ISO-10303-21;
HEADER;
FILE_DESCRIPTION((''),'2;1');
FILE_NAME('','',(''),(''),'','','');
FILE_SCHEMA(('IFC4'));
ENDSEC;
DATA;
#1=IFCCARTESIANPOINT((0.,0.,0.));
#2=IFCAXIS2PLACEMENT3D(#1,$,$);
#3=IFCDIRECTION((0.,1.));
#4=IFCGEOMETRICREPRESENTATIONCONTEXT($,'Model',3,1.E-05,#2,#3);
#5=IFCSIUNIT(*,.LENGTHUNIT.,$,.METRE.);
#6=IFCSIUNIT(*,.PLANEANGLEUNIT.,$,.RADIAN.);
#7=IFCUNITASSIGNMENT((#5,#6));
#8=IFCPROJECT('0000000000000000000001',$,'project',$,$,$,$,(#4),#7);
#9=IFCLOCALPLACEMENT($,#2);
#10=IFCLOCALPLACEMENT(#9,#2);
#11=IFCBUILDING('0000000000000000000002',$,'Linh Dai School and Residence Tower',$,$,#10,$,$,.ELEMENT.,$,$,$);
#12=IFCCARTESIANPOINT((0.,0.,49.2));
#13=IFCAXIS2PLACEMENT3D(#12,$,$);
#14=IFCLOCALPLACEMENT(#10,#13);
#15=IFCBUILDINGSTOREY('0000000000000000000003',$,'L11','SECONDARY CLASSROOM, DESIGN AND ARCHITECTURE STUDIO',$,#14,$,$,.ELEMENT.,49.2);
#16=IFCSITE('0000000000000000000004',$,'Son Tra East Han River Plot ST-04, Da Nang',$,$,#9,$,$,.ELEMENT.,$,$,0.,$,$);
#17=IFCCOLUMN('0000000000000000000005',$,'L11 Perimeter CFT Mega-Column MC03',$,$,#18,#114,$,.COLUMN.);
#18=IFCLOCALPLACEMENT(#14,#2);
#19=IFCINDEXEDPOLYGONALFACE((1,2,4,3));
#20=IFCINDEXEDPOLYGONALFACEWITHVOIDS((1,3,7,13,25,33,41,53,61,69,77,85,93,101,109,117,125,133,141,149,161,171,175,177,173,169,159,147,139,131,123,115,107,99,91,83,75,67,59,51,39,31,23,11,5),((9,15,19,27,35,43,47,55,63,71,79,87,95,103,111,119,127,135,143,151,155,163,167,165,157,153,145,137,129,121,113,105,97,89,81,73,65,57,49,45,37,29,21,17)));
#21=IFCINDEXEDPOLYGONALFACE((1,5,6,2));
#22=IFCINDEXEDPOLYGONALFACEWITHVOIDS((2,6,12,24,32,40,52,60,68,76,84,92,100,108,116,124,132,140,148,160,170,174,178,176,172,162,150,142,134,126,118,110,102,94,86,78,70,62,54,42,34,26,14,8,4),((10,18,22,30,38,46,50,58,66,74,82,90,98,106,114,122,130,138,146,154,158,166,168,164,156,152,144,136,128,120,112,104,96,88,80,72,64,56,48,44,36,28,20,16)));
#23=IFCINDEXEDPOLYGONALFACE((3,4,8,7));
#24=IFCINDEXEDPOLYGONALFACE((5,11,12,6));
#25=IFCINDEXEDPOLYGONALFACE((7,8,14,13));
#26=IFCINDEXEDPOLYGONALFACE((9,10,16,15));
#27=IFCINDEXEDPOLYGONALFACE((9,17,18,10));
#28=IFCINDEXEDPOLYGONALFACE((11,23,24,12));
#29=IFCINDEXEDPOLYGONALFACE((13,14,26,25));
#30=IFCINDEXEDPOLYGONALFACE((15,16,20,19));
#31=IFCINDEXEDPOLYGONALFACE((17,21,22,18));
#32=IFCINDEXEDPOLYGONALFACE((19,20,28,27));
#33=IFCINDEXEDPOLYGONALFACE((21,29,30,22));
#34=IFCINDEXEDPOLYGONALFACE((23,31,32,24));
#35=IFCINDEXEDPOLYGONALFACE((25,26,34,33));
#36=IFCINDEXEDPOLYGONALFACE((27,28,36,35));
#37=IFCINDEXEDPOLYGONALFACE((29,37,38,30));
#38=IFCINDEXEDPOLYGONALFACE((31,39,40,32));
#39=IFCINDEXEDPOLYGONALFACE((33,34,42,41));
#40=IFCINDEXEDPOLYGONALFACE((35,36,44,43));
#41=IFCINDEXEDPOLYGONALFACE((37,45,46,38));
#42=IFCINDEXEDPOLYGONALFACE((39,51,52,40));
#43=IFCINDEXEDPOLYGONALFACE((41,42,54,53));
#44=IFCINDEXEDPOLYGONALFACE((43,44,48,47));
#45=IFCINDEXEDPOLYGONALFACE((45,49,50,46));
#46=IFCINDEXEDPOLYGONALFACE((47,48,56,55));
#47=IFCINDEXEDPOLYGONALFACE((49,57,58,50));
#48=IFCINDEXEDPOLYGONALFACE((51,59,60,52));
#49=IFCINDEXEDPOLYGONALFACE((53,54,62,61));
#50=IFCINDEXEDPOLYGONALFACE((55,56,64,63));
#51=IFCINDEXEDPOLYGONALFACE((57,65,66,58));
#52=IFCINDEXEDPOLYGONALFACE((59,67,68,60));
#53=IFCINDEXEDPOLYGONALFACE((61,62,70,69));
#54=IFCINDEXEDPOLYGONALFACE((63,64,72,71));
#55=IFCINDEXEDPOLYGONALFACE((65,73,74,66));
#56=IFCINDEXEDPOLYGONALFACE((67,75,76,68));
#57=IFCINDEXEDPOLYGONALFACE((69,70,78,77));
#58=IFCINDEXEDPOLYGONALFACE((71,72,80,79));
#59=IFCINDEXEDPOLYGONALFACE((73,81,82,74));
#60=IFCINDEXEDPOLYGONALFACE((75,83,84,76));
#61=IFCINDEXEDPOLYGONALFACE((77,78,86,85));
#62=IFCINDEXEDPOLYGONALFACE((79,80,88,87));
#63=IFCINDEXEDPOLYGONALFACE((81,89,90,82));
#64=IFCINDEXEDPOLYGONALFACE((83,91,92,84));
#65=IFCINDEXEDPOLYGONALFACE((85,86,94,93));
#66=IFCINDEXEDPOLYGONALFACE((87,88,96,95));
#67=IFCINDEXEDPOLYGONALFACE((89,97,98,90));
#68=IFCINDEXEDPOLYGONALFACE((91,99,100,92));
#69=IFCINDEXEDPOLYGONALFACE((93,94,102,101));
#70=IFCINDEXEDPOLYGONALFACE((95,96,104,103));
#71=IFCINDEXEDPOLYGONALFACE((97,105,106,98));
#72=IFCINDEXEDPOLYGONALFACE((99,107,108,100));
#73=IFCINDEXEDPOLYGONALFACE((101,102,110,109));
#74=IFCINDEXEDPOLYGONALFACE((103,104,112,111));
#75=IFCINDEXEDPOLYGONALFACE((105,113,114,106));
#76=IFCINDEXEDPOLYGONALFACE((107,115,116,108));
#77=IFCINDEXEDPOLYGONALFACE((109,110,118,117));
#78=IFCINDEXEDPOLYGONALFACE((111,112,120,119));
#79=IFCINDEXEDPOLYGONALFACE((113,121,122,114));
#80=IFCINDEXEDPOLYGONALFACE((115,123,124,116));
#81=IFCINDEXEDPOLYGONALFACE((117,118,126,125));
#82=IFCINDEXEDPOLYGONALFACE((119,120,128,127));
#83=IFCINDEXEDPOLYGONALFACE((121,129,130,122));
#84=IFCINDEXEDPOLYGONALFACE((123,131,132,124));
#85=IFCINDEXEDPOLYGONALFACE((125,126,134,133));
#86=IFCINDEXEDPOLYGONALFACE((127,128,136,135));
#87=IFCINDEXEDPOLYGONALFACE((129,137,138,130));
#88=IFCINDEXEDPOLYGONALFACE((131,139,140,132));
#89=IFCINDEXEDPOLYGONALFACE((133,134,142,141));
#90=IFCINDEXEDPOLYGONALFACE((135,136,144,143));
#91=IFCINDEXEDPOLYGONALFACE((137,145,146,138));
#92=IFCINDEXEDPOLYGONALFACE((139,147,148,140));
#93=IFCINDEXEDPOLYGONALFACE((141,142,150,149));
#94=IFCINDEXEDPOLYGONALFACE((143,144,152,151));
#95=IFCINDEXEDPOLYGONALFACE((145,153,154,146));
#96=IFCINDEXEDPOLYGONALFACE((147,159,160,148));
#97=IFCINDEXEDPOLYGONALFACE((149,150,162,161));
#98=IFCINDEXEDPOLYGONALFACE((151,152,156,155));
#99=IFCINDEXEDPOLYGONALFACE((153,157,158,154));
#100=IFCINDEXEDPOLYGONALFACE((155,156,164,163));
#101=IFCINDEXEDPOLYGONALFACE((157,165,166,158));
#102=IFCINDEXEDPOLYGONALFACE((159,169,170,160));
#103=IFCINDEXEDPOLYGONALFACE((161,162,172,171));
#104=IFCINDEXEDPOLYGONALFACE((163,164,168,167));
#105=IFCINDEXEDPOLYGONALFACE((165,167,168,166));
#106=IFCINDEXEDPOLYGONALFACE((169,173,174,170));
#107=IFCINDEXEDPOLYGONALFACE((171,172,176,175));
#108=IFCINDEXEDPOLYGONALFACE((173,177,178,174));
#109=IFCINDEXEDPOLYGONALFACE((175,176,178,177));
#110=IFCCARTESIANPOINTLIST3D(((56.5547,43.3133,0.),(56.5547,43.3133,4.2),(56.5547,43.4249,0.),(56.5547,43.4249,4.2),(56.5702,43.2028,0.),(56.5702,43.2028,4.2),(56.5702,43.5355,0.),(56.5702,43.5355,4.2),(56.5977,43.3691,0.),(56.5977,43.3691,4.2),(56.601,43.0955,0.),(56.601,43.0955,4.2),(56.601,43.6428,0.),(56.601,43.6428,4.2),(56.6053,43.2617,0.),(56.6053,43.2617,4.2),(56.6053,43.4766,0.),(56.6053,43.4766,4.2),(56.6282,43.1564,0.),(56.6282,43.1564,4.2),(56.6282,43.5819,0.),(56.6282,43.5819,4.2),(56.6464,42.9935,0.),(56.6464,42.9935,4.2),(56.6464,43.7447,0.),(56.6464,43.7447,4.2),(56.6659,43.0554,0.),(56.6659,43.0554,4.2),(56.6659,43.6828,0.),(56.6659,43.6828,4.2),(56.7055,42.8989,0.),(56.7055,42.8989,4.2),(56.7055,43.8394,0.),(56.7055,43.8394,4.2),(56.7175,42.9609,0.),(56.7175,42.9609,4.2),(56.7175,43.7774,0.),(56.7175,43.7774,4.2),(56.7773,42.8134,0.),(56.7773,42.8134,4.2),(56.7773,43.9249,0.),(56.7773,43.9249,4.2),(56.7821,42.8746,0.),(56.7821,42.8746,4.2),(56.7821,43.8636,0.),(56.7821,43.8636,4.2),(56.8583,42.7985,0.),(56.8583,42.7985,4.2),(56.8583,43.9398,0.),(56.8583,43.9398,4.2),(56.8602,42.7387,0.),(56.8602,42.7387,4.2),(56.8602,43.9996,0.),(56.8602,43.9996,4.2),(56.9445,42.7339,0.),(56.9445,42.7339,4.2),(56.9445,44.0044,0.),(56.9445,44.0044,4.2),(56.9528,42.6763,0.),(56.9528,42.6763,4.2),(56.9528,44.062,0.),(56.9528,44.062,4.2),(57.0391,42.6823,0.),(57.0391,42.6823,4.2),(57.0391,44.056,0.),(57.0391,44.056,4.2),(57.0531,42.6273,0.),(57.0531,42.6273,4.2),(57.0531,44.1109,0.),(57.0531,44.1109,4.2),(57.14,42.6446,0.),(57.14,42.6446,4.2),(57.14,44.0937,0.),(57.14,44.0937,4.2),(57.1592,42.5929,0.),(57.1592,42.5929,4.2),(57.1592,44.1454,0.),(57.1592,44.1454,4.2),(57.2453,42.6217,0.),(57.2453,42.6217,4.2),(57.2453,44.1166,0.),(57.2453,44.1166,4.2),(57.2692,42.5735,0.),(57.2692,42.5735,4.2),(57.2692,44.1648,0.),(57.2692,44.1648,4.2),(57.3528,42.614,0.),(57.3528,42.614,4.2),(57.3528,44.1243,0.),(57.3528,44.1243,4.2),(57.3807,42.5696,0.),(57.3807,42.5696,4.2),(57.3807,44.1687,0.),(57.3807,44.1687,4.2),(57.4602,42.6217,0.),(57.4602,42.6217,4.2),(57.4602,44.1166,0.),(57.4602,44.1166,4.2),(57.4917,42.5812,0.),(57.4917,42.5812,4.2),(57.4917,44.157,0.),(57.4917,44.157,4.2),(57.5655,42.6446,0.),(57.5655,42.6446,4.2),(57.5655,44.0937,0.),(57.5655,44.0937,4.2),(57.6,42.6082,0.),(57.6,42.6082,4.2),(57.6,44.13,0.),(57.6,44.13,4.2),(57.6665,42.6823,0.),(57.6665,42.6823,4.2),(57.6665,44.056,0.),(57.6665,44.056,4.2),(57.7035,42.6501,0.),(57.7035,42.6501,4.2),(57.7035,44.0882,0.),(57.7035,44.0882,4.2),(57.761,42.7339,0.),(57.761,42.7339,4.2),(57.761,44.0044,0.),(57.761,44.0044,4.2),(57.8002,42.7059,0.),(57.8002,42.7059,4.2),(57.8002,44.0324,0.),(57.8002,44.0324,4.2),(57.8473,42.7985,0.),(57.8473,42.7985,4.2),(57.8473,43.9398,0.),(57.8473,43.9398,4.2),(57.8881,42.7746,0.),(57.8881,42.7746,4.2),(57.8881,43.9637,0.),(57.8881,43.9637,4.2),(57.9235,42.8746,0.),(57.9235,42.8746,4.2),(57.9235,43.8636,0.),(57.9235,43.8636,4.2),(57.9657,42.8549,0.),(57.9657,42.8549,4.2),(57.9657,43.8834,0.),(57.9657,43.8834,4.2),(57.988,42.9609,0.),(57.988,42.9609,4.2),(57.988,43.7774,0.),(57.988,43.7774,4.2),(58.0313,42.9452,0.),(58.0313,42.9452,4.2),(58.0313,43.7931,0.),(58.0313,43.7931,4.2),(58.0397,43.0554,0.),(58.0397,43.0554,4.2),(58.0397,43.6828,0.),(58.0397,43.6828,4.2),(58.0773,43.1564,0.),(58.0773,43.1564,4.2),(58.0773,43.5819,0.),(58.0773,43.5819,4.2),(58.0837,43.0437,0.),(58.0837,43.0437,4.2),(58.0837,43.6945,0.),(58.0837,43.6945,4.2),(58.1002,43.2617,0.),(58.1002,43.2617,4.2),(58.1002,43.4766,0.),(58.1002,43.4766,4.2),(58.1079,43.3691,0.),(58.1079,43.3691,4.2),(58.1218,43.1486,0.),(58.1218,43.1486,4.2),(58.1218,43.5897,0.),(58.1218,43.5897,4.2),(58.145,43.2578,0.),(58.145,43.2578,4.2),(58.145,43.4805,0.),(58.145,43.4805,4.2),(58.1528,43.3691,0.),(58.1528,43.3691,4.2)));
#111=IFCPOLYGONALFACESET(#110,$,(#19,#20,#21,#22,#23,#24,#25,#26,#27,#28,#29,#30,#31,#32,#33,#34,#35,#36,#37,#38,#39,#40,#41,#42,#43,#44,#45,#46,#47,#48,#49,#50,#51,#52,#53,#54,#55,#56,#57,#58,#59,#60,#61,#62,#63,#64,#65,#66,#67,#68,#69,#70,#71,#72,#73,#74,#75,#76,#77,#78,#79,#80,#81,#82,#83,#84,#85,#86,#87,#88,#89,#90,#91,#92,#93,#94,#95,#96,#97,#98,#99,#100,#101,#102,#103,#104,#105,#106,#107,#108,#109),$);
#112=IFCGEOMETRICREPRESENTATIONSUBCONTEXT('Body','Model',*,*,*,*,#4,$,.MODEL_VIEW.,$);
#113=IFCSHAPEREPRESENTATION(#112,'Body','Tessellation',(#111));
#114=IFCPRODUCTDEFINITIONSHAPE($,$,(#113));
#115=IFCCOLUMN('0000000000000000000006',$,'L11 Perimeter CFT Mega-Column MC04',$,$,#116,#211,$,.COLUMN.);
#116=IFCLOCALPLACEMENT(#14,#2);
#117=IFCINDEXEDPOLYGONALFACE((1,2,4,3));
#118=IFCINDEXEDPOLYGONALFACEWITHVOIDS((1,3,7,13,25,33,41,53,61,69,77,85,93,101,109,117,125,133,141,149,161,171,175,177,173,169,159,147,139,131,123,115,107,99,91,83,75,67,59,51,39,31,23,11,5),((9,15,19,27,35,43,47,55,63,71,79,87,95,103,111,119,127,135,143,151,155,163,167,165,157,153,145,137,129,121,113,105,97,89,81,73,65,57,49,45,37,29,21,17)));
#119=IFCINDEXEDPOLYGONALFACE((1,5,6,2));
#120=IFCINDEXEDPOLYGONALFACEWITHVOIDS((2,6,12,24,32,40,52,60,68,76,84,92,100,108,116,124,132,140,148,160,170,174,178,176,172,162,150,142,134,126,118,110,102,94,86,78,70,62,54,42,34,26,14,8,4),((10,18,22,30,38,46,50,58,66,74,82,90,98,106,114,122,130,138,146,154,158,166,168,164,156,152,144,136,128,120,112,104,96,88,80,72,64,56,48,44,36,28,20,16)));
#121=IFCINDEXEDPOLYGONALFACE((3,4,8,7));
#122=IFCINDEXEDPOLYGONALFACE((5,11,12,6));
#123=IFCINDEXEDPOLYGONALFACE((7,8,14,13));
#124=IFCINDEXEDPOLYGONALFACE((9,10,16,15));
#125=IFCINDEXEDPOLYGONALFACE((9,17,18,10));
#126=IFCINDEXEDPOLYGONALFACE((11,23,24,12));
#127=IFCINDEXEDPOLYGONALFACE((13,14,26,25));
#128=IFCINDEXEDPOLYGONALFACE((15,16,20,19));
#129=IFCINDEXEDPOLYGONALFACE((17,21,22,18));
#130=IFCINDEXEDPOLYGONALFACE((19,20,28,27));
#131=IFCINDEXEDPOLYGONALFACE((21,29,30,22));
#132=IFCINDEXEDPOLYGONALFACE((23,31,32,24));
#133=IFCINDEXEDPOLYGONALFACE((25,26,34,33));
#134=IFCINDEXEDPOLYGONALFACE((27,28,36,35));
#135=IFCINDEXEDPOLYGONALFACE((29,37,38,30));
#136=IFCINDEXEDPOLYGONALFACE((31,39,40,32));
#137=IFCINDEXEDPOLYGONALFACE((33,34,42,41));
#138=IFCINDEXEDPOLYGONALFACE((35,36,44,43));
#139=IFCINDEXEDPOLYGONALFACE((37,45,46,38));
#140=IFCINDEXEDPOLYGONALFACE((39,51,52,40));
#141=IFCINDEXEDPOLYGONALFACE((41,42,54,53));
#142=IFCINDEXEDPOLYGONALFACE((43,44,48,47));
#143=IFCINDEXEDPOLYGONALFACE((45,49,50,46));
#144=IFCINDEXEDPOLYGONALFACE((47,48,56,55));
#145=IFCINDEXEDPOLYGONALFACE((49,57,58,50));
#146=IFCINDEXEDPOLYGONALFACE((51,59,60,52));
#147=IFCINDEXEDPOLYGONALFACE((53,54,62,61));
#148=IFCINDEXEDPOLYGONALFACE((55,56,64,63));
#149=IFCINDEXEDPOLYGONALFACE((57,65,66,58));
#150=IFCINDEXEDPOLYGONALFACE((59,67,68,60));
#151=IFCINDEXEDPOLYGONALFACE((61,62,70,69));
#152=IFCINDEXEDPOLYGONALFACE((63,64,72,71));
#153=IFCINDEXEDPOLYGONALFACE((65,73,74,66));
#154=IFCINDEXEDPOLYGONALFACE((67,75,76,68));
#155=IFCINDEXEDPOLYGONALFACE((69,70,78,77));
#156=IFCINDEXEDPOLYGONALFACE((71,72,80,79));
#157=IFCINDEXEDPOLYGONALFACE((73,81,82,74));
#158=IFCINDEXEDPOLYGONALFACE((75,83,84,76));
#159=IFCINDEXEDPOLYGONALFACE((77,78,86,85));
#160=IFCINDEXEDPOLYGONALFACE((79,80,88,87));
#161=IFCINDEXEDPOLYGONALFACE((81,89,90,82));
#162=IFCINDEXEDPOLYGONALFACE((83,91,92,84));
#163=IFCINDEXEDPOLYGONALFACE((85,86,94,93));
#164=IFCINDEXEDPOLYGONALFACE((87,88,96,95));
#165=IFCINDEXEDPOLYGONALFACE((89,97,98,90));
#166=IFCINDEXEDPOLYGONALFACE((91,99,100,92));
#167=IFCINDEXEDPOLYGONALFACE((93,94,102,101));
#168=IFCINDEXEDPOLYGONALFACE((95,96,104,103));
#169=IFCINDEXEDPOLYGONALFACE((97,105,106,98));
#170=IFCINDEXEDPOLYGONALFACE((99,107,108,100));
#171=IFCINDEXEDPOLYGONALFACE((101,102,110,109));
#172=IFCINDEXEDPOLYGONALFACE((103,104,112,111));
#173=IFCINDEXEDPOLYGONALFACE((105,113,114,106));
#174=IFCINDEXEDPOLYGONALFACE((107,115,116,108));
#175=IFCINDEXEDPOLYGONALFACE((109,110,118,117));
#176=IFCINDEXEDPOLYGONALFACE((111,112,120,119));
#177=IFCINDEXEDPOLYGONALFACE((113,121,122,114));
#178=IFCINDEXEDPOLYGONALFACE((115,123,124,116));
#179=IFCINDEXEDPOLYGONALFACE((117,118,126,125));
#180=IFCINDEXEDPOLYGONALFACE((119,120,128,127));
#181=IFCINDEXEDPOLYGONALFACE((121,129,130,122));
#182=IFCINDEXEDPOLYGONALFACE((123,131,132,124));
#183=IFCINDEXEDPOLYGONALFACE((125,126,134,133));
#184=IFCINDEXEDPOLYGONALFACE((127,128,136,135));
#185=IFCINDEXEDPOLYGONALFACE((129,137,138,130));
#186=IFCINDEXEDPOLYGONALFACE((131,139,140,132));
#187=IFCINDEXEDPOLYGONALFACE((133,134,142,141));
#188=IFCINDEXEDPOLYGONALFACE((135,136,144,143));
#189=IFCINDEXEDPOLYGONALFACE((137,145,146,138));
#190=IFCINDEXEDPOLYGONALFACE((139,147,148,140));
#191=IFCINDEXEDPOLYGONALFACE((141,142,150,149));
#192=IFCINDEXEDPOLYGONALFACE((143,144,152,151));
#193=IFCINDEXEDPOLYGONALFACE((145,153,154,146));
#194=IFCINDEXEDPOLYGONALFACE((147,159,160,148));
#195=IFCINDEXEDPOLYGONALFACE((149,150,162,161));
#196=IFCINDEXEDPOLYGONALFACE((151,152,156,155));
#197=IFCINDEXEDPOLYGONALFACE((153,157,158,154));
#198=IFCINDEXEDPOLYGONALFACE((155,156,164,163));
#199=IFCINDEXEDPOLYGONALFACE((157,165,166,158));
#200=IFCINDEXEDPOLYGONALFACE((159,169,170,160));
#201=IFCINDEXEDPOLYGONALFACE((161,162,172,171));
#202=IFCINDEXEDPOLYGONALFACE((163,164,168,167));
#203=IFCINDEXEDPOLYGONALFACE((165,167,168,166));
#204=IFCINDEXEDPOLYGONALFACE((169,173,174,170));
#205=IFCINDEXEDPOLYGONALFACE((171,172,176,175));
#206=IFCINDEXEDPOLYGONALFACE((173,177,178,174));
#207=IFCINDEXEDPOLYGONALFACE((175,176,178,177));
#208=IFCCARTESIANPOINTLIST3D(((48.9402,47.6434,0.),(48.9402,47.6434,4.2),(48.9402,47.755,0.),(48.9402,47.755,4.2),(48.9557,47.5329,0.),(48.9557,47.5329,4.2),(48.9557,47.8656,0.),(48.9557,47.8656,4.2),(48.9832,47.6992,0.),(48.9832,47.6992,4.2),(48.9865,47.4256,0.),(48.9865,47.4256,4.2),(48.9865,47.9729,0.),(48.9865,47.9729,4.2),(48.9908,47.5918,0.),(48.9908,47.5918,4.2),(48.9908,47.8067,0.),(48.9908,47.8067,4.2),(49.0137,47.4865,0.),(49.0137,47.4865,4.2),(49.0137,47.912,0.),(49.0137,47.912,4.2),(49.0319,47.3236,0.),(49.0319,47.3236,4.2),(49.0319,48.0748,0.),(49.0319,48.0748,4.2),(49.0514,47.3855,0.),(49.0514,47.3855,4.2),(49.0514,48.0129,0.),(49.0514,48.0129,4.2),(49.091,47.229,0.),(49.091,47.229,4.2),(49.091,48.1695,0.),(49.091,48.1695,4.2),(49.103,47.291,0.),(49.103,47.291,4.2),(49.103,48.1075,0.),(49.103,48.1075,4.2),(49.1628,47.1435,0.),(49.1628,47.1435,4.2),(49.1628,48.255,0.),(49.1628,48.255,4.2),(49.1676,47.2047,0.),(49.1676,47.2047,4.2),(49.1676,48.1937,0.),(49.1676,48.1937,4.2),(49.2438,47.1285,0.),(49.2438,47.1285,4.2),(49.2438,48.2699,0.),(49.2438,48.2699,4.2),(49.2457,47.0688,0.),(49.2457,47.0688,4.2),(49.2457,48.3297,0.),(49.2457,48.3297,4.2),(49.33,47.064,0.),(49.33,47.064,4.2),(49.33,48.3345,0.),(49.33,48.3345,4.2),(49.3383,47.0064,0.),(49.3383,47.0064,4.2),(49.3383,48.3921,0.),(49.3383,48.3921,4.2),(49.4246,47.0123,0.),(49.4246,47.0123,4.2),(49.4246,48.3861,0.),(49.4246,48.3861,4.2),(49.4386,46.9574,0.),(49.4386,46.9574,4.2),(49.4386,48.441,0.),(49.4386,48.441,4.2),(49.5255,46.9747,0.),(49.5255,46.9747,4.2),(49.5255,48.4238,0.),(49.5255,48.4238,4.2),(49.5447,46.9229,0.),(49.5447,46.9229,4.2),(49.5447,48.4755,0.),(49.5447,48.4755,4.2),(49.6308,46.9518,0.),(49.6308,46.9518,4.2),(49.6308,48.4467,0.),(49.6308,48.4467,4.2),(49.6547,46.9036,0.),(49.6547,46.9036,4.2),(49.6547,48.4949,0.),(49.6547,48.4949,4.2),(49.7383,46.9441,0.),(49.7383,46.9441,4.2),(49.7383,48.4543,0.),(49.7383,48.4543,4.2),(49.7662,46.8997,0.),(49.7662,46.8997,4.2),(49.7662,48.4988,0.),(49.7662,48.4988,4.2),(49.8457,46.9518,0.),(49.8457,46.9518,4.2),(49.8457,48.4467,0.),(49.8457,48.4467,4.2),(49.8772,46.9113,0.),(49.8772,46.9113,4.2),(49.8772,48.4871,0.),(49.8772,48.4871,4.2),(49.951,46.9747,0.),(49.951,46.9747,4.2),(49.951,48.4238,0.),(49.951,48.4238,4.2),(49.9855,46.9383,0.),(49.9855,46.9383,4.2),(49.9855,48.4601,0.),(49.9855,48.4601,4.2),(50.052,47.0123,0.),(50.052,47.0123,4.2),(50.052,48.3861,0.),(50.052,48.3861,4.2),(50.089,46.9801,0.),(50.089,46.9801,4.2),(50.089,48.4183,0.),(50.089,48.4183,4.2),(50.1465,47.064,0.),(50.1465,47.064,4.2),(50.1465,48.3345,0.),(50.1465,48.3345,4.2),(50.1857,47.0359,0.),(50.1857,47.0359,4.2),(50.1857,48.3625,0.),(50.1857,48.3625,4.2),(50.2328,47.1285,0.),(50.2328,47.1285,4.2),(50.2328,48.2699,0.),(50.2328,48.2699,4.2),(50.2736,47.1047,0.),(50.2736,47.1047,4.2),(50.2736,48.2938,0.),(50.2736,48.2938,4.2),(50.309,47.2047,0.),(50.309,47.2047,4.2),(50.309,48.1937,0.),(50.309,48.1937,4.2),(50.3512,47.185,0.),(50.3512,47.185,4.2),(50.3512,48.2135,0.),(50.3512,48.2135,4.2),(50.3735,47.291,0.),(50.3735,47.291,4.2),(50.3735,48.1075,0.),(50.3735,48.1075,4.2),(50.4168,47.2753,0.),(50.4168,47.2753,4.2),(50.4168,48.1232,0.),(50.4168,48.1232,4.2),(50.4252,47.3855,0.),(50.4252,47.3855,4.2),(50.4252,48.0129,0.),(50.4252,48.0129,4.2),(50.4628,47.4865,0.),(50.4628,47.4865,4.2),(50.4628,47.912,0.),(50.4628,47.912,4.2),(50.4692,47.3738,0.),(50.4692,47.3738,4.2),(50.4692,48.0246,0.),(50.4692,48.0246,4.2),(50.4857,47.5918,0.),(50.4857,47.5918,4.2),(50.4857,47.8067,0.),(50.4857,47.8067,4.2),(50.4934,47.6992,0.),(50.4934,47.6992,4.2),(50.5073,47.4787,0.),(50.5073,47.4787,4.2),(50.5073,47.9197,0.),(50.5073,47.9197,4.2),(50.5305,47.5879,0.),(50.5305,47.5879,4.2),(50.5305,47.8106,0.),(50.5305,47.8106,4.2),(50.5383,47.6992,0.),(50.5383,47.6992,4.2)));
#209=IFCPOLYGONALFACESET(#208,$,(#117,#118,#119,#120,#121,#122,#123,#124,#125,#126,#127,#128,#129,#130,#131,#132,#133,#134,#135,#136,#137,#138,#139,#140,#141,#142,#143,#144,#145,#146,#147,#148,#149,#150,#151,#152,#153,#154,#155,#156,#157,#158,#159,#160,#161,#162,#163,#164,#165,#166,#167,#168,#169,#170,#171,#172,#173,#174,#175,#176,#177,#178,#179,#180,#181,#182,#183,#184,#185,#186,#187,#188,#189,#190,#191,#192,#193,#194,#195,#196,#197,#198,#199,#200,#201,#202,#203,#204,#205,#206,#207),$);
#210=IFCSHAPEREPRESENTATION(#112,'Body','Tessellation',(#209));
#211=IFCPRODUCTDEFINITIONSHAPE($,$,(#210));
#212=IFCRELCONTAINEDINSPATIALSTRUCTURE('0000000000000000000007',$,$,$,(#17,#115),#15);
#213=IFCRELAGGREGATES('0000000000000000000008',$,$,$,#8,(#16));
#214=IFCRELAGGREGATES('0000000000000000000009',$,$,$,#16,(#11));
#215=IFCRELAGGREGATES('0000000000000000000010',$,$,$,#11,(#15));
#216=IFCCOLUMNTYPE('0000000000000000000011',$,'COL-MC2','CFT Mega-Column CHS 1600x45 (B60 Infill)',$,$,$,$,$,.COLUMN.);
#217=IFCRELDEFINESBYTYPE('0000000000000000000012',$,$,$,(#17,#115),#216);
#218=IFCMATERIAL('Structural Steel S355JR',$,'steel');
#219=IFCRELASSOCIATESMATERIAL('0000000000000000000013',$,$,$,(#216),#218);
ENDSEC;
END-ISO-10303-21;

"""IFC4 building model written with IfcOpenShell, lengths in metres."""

from ifc_helpers import new_model, si_unit, direction, frame, origin, origin_2d, place, context, subcontext, project, spatial, hollow_circle, extrude, material, material_profile, profile_set, type_object, element, save


model = new_model("IFC4")

# Units and contexts
model_context = context("Model", 3, precision=1e-05, world=origin(), true_north=direction((0.0, 1.0)))
body_context = subcontext(model_context, "Body", "Model", "MODEL_VIEW")
ifc_project = project(units=[si_unit("LENGTHUNIT", "METRE"), si_unit("PLANEANGLEUNIT", "RADIAN")], contexts=[model_context])

# Site, building, storey
site_placement = place(None, origin())
site = spatial("IfcSite", under=ifc_project, at=site_placement, Name="Son Tra East Han River Plot ST-04, Da Nang", CompositionType="ELEMENT", RefElevation=0.0)
building_placement = place(site_placement, origin())
building = spatial("IfcBuilding", under=site, at=building_placement, Name="Linh Dai School and Residence Tower", CompositionType="ELEMENT")
storey_placement = place(building_placement, frame((0.0, 0.0, 49.2)))
storey = spatial("IfcBuildingStorey", under=building, at=storey_placement, Name="L11", Description="SECONDARY CLASSROOM, DESIGN AND ARCHITECTURE STUDIO", CompositionType="ELEMENT", Elevation=49.2)

# Columns
ifc_material_1 = material(Name="Structural Steel S355JR", Category="steel")
ifc_material_profile_1 = material_profile(ifc_material_1, hollow_circle(Radius=0.8, WallThickness=0.0449, at=origin_2d()), Name="CHS 1600x45")
ifc_profile_set_1 = profile_set([ifc_material_profile_1], Name="Structural Steel S355JR")
column_type_1 = type_object("IfcColumnType", Name="COL-MC2", Description="CFT Mega-Column CHS 1600x45 (B60 Infill)", PredefinedType="COLUMN", material=ifc_profile_set_1)
for number, where, z_axis, x_axis, name in (
    (1, (57.3528, 43.3691, 0.0), (0.0, 0.0, 1.0), (1.0, 0.0, 0.0), "L11 Perimeter CFT Mega-Column MC03"),
    (2, (49.7383, 47.6992, 0.0), (0.0, 0.0, 1.0), (1.0, 0.0, 0.0), "L11 Perimeter CFT Mega-Column MC04"),
):
    element("IfcColumn", number, at=place(storey_placement, frame(where, z_axis=z_axis, x_axis=x_axis)), inside=storey, type_object=column_type_1, Name=name, PredefinedType="COLUMN", context=body_context, shape_type="SweptSolid", body=[
        extrude(hollow_circle(Radius=0.8, WallThickness=0.0449, at=origin_2d()), origin(), (0.0, 0.0, 1.0), 4.2),
    ])

save(model, "model.ifc")
